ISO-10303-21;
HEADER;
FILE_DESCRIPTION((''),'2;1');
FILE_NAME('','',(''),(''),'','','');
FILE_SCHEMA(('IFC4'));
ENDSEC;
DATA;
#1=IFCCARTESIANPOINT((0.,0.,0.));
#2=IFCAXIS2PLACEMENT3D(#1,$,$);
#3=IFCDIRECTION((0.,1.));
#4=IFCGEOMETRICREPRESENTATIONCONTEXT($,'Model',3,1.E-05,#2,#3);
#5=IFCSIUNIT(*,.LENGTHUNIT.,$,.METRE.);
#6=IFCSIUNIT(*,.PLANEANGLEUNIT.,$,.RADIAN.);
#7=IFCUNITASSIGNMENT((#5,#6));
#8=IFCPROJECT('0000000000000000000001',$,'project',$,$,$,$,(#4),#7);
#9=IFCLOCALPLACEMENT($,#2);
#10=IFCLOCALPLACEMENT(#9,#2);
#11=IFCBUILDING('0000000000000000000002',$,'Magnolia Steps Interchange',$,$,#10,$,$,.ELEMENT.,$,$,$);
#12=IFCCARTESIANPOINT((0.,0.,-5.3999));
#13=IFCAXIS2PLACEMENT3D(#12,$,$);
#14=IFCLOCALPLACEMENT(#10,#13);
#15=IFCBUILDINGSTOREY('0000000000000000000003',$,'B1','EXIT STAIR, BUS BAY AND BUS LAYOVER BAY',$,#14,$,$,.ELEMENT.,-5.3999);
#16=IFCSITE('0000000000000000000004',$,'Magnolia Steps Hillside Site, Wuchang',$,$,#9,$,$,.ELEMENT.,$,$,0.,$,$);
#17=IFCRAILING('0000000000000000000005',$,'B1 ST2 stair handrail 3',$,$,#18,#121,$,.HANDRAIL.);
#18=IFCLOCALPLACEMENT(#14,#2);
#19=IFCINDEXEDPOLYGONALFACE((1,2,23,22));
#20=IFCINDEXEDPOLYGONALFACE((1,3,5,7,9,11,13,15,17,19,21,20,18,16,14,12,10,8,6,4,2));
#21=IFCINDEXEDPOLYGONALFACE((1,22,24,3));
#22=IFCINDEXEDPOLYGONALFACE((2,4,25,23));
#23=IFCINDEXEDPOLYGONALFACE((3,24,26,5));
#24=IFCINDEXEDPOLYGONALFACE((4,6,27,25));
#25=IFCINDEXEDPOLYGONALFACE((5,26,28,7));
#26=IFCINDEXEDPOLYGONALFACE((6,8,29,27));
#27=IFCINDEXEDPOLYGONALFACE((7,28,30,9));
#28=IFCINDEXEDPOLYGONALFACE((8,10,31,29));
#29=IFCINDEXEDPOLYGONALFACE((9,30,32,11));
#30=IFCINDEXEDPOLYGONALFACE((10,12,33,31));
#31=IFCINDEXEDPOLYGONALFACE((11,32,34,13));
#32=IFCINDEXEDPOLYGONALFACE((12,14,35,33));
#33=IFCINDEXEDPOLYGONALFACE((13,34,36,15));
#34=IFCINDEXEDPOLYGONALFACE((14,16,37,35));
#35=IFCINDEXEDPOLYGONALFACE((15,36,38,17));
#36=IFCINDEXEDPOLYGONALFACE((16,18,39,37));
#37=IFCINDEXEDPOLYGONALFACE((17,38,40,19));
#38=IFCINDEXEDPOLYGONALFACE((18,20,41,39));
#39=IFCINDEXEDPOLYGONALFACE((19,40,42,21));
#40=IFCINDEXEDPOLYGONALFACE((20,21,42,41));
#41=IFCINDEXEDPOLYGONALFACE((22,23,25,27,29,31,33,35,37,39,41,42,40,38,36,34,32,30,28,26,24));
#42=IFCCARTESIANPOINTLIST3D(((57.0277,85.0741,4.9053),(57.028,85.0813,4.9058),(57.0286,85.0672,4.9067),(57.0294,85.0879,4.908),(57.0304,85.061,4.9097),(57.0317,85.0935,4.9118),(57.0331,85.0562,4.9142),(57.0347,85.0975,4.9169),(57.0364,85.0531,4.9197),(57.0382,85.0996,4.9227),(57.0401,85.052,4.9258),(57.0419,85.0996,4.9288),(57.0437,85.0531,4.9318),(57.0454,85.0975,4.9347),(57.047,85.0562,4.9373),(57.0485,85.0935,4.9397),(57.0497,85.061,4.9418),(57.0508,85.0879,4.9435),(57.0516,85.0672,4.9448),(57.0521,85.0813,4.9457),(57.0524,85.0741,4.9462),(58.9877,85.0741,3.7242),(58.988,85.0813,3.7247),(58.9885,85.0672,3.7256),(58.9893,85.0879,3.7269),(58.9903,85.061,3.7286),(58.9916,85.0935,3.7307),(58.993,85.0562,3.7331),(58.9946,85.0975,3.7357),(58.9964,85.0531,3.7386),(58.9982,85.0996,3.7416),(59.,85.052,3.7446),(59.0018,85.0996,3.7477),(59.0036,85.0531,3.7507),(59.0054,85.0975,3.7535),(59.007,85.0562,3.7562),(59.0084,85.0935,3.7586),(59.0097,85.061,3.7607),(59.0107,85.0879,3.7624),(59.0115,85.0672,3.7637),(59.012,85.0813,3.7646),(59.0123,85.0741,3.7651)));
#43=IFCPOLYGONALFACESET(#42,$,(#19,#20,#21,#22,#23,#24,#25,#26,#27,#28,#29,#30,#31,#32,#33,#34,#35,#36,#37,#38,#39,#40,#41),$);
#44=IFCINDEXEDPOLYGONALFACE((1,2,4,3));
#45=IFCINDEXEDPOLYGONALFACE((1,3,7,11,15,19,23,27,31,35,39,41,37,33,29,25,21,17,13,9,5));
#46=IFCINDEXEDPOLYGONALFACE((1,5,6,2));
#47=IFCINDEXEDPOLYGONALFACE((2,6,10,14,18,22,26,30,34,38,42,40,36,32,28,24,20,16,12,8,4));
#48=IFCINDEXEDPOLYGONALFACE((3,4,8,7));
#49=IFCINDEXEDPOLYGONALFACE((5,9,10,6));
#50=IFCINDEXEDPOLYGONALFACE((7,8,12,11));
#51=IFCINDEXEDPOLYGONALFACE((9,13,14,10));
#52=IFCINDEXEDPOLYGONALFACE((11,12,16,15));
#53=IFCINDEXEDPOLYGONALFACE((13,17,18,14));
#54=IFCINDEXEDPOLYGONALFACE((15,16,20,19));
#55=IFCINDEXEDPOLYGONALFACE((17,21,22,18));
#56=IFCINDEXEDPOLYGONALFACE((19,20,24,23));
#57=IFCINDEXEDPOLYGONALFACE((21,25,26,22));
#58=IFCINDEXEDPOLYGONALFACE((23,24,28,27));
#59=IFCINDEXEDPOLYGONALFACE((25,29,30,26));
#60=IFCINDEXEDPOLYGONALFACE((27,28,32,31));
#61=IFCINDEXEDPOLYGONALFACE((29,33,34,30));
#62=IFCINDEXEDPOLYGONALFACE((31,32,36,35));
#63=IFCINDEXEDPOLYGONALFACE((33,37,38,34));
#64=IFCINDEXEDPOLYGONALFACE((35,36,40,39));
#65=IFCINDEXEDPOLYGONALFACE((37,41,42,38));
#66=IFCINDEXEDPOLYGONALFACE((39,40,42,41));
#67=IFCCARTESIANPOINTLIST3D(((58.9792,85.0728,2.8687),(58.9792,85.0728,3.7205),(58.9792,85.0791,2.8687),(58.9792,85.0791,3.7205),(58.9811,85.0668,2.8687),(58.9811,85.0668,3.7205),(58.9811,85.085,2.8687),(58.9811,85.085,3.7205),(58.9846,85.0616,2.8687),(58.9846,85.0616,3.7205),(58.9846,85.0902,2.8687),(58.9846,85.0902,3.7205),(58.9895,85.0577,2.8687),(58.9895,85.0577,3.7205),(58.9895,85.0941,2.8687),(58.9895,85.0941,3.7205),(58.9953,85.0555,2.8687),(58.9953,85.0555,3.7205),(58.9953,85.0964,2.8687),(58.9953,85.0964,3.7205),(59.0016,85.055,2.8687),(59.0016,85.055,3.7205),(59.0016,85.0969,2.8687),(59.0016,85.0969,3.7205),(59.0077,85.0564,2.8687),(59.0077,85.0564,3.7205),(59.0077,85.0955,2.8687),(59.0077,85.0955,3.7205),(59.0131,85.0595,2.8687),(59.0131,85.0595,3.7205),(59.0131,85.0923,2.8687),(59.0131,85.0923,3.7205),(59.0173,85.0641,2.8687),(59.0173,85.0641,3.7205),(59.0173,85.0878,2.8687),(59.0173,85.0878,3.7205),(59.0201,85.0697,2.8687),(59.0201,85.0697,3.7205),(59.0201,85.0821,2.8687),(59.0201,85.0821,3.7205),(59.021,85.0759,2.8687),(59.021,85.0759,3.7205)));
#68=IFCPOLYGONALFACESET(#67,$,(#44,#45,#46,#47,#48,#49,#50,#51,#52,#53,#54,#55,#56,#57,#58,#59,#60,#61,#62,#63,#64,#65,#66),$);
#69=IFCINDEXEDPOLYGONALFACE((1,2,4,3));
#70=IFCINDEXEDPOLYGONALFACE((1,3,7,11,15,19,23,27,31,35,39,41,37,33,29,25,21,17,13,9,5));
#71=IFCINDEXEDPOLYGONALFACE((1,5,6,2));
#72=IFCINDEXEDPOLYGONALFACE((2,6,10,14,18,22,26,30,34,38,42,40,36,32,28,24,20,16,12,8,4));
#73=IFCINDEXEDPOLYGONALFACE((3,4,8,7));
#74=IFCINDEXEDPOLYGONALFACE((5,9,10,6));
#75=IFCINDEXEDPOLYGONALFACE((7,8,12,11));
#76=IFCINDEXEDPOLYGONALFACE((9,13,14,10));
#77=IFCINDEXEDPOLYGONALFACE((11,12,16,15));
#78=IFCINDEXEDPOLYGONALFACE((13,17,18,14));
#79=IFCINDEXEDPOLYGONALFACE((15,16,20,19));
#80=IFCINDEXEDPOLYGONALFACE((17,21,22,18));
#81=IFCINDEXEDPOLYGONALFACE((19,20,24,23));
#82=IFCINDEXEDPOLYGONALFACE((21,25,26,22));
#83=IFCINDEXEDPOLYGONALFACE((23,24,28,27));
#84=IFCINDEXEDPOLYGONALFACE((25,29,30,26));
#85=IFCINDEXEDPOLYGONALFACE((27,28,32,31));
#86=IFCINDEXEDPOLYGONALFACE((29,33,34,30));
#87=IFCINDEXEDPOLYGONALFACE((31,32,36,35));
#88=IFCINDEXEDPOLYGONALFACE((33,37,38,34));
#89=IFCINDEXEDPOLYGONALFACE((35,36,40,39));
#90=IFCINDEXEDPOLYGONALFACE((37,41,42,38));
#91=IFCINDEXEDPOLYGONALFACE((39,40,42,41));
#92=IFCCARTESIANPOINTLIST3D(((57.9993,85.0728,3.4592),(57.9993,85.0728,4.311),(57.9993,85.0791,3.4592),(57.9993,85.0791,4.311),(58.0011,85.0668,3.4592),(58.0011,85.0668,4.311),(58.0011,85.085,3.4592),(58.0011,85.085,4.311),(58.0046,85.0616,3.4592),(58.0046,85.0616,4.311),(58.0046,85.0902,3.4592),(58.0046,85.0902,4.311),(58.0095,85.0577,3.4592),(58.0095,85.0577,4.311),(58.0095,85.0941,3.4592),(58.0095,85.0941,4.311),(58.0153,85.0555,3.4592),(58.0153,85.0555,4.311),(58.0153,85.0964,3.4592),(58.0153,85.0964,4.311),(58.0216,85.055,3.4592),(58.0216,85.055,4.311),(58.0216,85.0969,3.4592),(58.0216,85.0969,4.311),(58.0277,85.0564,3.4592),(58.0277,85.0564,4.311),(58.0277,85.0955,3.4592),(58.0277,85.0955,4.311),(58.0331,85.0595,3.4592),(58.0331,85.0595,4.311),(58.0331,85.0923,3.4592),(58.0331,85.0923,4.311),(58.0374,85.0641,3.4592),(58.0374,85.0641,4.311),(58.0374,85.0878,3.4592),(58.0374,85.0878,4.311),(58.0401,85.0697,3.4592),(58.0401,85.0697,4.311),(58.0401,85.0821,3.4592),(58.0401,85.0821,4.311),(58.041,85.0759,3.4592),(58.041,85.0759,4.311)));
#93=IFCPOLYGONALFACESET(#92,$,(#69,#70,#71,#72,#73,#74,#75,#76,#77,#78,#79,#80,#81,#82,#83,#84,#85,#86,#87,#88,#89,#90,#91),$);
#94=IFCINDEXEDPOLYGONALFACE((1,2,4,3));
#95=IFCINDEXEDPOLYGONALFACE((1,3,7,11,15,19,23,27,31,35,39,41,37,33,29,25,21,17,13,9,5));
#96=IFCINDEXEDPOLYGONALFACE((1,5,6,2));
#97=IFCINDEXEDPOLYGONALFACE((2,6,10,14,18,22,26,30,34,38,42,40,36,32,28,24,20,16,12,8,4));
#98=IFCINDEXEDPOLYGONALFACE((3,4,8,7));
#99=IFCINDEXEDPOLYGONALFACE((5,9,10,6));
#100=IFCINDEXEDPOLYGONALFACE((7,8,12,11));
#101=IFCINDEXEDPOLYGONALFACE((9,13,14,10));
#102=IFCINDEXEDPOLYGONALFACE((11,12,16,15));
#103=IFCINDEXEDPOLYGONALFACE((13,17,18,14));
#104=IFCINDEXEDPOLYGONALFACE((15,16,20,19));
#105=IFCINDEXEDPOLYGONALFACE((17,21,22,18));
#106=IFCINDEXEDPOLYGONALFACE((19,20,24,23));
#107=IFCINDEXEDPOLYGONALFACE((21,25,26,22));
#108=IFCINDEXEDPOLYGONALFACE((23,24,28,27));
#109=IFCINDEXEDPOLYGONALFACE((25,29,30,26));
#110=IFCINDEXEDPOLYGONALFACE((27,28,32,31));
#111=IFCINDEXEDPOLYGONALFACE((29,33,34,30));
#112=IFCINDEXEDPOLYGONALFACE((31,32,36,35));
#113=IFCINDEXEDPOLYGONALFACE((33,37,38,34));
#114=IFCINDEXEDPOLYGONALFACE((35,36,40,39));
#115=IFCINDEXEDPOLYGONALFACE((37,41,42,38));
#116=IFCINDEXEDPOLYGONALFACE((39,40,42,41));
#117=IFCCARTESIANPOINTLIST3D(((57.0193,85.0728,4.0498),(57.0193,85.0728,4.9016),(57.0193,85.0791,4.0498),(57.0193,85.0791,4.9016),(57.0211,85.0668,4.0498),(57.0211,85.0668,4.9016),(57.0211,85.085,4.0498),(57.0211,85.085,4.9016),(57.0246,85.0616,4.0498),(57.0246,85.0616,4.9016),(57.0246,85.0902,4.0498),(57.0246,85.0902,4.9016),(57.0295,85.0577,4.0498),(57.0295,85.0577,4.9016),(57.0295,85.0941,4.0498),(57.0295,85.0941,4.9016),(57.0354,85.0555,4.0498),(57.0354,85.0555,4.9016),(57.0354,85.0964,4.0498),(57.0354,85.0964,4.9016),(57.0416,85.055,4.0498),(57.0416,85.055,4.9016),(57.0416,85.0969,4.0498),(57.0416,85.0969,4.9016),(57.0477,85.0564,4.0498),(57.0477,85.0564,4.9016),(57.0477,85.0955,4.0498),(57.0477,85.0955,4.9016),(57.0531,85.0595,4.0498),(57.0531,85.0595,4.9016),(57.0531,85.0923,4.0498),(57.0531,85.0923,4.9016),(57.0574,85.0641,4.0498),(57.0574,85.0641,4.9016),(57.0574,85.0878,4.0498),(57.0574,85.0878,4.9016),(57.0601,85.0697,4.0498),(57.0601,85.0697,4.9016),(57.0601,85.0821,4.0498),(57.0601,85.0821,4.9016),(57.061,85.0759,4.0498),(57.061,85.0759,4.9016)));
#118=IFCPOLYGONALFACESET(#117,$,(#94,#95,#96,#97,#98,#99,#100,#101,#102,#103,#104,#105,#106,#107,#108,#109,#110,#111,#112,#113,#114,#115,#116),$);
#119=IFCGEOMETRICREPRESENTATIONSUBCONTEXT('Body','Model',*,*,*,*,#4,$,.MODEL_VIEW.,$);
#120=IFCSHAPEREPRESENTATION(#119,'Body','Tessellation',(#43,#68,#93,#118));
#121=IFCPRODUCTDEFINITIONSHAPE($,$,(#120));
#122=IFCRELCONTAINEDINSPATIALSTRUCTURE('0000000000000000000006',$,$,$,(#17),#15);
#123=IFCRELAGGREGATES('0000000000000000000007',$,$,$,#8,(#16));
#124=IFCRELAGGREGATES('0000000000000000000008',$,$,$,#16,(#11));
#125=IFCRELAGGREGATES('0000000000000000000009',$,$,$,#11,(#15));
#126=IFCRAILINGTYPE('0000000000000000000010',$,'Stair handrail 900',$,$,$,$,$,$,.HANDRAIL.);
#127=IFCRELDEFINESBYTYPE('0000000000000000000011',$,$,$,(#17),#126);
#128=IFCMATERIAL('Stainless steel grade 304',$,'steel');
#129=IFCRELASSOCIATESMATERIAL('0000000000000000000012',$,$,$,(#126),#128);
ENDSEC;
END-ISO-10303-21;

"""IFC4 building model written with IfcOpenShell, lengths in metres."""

from ifc_helpers import new_model, si_unit, direction, frame, origin, origin_2d, place, context, subcontext, project, spatial, circle, extrude, material, type_object, element, save


model = new_model("IFC4")

# Units and contexts
model_context = context("Model", 3, precision=1e-05, world=origin(), true_north=direction((0.0, 1.0)))
body_context = subcontext(model_context, "Body", "Model", "MODEL_VIEW")
ifc_project = project(units=[si_unit("LENGTHUNIT", "METRE"), si_unit("PLANEANGLEUNIT", "RADIAN")], contexts=[model_context])

# Site, building, storey
site_placement = place(None, origin())
site = spatial("IfcSite", under=ifc_project, at=site_placement, Name="Magnolia Steps Hillside Site, Wuchang", CompositionType="ELEMENT", RefElevation=0.0)
building_placement = place(site_placement, origin())
building = spatial("IfcBuilding", under=site, at=building_placement, Name="Magnolia Steps Interchange", CompositionType="ELEMENT")
storey_placement = place(building_placement, frame((0.0, 0.0, -5.3999)))
storey = spatial("IfcBuildingStorey", under=building, at=storey_placement, Name="B1", Description="EXIT STAIR, BUS BAY AND BUS LAYOVER BAY", CompositionType="ELEMENT", Elevation=-5.3999)

# Railing
ifc_material_1 = material(Name="Stainless steel grade 304", Category="steel")
railing_type_1 = type_object("IfcRailingType", Name="Stair handrail 900", PredefinedType="HANDRAIL", material=ifc_material_1)
railing_1_placement = place(storey_placement, frame((59.0, 85.0759, 2.8687)))
element("IfcRailing", 1, at=railing_1_placement, inside=storey, type_object=railing_type_1, Name="B1 ST2 stair handrail 3", PredefinedType="HANDRAIL", context=body_context, shape_type="SweptSolid", body=[
    extrude(circle(Radius=0.0239, at=origin_2d()), frame((0.0, 0.0, 0.876), z_axis=(-0.856493, 0.0, 0.516158), x_axis=(0.0, -1.0, 0.0)), (0.0, 0.0, 1.0), 2.2883),
    extrude(circle(Radius=0.021, at=origin_2d()), origin(), (0.0, 0.0, 1.0), 0.8518),
    extrude(circle(Radius=0.021, at=origin_2d()), frame((-0.98, 0.0, 0.5906)), (0.0, 0.0, 1.0), 0.8518),
    extrude(circle(Radius=0.021, at=origin_2d()), frame((-1.96, 0.0, 1.1812)), (0.0, 0.0, 1.0), 0.8518),
])

save(model, "model.ifc")
